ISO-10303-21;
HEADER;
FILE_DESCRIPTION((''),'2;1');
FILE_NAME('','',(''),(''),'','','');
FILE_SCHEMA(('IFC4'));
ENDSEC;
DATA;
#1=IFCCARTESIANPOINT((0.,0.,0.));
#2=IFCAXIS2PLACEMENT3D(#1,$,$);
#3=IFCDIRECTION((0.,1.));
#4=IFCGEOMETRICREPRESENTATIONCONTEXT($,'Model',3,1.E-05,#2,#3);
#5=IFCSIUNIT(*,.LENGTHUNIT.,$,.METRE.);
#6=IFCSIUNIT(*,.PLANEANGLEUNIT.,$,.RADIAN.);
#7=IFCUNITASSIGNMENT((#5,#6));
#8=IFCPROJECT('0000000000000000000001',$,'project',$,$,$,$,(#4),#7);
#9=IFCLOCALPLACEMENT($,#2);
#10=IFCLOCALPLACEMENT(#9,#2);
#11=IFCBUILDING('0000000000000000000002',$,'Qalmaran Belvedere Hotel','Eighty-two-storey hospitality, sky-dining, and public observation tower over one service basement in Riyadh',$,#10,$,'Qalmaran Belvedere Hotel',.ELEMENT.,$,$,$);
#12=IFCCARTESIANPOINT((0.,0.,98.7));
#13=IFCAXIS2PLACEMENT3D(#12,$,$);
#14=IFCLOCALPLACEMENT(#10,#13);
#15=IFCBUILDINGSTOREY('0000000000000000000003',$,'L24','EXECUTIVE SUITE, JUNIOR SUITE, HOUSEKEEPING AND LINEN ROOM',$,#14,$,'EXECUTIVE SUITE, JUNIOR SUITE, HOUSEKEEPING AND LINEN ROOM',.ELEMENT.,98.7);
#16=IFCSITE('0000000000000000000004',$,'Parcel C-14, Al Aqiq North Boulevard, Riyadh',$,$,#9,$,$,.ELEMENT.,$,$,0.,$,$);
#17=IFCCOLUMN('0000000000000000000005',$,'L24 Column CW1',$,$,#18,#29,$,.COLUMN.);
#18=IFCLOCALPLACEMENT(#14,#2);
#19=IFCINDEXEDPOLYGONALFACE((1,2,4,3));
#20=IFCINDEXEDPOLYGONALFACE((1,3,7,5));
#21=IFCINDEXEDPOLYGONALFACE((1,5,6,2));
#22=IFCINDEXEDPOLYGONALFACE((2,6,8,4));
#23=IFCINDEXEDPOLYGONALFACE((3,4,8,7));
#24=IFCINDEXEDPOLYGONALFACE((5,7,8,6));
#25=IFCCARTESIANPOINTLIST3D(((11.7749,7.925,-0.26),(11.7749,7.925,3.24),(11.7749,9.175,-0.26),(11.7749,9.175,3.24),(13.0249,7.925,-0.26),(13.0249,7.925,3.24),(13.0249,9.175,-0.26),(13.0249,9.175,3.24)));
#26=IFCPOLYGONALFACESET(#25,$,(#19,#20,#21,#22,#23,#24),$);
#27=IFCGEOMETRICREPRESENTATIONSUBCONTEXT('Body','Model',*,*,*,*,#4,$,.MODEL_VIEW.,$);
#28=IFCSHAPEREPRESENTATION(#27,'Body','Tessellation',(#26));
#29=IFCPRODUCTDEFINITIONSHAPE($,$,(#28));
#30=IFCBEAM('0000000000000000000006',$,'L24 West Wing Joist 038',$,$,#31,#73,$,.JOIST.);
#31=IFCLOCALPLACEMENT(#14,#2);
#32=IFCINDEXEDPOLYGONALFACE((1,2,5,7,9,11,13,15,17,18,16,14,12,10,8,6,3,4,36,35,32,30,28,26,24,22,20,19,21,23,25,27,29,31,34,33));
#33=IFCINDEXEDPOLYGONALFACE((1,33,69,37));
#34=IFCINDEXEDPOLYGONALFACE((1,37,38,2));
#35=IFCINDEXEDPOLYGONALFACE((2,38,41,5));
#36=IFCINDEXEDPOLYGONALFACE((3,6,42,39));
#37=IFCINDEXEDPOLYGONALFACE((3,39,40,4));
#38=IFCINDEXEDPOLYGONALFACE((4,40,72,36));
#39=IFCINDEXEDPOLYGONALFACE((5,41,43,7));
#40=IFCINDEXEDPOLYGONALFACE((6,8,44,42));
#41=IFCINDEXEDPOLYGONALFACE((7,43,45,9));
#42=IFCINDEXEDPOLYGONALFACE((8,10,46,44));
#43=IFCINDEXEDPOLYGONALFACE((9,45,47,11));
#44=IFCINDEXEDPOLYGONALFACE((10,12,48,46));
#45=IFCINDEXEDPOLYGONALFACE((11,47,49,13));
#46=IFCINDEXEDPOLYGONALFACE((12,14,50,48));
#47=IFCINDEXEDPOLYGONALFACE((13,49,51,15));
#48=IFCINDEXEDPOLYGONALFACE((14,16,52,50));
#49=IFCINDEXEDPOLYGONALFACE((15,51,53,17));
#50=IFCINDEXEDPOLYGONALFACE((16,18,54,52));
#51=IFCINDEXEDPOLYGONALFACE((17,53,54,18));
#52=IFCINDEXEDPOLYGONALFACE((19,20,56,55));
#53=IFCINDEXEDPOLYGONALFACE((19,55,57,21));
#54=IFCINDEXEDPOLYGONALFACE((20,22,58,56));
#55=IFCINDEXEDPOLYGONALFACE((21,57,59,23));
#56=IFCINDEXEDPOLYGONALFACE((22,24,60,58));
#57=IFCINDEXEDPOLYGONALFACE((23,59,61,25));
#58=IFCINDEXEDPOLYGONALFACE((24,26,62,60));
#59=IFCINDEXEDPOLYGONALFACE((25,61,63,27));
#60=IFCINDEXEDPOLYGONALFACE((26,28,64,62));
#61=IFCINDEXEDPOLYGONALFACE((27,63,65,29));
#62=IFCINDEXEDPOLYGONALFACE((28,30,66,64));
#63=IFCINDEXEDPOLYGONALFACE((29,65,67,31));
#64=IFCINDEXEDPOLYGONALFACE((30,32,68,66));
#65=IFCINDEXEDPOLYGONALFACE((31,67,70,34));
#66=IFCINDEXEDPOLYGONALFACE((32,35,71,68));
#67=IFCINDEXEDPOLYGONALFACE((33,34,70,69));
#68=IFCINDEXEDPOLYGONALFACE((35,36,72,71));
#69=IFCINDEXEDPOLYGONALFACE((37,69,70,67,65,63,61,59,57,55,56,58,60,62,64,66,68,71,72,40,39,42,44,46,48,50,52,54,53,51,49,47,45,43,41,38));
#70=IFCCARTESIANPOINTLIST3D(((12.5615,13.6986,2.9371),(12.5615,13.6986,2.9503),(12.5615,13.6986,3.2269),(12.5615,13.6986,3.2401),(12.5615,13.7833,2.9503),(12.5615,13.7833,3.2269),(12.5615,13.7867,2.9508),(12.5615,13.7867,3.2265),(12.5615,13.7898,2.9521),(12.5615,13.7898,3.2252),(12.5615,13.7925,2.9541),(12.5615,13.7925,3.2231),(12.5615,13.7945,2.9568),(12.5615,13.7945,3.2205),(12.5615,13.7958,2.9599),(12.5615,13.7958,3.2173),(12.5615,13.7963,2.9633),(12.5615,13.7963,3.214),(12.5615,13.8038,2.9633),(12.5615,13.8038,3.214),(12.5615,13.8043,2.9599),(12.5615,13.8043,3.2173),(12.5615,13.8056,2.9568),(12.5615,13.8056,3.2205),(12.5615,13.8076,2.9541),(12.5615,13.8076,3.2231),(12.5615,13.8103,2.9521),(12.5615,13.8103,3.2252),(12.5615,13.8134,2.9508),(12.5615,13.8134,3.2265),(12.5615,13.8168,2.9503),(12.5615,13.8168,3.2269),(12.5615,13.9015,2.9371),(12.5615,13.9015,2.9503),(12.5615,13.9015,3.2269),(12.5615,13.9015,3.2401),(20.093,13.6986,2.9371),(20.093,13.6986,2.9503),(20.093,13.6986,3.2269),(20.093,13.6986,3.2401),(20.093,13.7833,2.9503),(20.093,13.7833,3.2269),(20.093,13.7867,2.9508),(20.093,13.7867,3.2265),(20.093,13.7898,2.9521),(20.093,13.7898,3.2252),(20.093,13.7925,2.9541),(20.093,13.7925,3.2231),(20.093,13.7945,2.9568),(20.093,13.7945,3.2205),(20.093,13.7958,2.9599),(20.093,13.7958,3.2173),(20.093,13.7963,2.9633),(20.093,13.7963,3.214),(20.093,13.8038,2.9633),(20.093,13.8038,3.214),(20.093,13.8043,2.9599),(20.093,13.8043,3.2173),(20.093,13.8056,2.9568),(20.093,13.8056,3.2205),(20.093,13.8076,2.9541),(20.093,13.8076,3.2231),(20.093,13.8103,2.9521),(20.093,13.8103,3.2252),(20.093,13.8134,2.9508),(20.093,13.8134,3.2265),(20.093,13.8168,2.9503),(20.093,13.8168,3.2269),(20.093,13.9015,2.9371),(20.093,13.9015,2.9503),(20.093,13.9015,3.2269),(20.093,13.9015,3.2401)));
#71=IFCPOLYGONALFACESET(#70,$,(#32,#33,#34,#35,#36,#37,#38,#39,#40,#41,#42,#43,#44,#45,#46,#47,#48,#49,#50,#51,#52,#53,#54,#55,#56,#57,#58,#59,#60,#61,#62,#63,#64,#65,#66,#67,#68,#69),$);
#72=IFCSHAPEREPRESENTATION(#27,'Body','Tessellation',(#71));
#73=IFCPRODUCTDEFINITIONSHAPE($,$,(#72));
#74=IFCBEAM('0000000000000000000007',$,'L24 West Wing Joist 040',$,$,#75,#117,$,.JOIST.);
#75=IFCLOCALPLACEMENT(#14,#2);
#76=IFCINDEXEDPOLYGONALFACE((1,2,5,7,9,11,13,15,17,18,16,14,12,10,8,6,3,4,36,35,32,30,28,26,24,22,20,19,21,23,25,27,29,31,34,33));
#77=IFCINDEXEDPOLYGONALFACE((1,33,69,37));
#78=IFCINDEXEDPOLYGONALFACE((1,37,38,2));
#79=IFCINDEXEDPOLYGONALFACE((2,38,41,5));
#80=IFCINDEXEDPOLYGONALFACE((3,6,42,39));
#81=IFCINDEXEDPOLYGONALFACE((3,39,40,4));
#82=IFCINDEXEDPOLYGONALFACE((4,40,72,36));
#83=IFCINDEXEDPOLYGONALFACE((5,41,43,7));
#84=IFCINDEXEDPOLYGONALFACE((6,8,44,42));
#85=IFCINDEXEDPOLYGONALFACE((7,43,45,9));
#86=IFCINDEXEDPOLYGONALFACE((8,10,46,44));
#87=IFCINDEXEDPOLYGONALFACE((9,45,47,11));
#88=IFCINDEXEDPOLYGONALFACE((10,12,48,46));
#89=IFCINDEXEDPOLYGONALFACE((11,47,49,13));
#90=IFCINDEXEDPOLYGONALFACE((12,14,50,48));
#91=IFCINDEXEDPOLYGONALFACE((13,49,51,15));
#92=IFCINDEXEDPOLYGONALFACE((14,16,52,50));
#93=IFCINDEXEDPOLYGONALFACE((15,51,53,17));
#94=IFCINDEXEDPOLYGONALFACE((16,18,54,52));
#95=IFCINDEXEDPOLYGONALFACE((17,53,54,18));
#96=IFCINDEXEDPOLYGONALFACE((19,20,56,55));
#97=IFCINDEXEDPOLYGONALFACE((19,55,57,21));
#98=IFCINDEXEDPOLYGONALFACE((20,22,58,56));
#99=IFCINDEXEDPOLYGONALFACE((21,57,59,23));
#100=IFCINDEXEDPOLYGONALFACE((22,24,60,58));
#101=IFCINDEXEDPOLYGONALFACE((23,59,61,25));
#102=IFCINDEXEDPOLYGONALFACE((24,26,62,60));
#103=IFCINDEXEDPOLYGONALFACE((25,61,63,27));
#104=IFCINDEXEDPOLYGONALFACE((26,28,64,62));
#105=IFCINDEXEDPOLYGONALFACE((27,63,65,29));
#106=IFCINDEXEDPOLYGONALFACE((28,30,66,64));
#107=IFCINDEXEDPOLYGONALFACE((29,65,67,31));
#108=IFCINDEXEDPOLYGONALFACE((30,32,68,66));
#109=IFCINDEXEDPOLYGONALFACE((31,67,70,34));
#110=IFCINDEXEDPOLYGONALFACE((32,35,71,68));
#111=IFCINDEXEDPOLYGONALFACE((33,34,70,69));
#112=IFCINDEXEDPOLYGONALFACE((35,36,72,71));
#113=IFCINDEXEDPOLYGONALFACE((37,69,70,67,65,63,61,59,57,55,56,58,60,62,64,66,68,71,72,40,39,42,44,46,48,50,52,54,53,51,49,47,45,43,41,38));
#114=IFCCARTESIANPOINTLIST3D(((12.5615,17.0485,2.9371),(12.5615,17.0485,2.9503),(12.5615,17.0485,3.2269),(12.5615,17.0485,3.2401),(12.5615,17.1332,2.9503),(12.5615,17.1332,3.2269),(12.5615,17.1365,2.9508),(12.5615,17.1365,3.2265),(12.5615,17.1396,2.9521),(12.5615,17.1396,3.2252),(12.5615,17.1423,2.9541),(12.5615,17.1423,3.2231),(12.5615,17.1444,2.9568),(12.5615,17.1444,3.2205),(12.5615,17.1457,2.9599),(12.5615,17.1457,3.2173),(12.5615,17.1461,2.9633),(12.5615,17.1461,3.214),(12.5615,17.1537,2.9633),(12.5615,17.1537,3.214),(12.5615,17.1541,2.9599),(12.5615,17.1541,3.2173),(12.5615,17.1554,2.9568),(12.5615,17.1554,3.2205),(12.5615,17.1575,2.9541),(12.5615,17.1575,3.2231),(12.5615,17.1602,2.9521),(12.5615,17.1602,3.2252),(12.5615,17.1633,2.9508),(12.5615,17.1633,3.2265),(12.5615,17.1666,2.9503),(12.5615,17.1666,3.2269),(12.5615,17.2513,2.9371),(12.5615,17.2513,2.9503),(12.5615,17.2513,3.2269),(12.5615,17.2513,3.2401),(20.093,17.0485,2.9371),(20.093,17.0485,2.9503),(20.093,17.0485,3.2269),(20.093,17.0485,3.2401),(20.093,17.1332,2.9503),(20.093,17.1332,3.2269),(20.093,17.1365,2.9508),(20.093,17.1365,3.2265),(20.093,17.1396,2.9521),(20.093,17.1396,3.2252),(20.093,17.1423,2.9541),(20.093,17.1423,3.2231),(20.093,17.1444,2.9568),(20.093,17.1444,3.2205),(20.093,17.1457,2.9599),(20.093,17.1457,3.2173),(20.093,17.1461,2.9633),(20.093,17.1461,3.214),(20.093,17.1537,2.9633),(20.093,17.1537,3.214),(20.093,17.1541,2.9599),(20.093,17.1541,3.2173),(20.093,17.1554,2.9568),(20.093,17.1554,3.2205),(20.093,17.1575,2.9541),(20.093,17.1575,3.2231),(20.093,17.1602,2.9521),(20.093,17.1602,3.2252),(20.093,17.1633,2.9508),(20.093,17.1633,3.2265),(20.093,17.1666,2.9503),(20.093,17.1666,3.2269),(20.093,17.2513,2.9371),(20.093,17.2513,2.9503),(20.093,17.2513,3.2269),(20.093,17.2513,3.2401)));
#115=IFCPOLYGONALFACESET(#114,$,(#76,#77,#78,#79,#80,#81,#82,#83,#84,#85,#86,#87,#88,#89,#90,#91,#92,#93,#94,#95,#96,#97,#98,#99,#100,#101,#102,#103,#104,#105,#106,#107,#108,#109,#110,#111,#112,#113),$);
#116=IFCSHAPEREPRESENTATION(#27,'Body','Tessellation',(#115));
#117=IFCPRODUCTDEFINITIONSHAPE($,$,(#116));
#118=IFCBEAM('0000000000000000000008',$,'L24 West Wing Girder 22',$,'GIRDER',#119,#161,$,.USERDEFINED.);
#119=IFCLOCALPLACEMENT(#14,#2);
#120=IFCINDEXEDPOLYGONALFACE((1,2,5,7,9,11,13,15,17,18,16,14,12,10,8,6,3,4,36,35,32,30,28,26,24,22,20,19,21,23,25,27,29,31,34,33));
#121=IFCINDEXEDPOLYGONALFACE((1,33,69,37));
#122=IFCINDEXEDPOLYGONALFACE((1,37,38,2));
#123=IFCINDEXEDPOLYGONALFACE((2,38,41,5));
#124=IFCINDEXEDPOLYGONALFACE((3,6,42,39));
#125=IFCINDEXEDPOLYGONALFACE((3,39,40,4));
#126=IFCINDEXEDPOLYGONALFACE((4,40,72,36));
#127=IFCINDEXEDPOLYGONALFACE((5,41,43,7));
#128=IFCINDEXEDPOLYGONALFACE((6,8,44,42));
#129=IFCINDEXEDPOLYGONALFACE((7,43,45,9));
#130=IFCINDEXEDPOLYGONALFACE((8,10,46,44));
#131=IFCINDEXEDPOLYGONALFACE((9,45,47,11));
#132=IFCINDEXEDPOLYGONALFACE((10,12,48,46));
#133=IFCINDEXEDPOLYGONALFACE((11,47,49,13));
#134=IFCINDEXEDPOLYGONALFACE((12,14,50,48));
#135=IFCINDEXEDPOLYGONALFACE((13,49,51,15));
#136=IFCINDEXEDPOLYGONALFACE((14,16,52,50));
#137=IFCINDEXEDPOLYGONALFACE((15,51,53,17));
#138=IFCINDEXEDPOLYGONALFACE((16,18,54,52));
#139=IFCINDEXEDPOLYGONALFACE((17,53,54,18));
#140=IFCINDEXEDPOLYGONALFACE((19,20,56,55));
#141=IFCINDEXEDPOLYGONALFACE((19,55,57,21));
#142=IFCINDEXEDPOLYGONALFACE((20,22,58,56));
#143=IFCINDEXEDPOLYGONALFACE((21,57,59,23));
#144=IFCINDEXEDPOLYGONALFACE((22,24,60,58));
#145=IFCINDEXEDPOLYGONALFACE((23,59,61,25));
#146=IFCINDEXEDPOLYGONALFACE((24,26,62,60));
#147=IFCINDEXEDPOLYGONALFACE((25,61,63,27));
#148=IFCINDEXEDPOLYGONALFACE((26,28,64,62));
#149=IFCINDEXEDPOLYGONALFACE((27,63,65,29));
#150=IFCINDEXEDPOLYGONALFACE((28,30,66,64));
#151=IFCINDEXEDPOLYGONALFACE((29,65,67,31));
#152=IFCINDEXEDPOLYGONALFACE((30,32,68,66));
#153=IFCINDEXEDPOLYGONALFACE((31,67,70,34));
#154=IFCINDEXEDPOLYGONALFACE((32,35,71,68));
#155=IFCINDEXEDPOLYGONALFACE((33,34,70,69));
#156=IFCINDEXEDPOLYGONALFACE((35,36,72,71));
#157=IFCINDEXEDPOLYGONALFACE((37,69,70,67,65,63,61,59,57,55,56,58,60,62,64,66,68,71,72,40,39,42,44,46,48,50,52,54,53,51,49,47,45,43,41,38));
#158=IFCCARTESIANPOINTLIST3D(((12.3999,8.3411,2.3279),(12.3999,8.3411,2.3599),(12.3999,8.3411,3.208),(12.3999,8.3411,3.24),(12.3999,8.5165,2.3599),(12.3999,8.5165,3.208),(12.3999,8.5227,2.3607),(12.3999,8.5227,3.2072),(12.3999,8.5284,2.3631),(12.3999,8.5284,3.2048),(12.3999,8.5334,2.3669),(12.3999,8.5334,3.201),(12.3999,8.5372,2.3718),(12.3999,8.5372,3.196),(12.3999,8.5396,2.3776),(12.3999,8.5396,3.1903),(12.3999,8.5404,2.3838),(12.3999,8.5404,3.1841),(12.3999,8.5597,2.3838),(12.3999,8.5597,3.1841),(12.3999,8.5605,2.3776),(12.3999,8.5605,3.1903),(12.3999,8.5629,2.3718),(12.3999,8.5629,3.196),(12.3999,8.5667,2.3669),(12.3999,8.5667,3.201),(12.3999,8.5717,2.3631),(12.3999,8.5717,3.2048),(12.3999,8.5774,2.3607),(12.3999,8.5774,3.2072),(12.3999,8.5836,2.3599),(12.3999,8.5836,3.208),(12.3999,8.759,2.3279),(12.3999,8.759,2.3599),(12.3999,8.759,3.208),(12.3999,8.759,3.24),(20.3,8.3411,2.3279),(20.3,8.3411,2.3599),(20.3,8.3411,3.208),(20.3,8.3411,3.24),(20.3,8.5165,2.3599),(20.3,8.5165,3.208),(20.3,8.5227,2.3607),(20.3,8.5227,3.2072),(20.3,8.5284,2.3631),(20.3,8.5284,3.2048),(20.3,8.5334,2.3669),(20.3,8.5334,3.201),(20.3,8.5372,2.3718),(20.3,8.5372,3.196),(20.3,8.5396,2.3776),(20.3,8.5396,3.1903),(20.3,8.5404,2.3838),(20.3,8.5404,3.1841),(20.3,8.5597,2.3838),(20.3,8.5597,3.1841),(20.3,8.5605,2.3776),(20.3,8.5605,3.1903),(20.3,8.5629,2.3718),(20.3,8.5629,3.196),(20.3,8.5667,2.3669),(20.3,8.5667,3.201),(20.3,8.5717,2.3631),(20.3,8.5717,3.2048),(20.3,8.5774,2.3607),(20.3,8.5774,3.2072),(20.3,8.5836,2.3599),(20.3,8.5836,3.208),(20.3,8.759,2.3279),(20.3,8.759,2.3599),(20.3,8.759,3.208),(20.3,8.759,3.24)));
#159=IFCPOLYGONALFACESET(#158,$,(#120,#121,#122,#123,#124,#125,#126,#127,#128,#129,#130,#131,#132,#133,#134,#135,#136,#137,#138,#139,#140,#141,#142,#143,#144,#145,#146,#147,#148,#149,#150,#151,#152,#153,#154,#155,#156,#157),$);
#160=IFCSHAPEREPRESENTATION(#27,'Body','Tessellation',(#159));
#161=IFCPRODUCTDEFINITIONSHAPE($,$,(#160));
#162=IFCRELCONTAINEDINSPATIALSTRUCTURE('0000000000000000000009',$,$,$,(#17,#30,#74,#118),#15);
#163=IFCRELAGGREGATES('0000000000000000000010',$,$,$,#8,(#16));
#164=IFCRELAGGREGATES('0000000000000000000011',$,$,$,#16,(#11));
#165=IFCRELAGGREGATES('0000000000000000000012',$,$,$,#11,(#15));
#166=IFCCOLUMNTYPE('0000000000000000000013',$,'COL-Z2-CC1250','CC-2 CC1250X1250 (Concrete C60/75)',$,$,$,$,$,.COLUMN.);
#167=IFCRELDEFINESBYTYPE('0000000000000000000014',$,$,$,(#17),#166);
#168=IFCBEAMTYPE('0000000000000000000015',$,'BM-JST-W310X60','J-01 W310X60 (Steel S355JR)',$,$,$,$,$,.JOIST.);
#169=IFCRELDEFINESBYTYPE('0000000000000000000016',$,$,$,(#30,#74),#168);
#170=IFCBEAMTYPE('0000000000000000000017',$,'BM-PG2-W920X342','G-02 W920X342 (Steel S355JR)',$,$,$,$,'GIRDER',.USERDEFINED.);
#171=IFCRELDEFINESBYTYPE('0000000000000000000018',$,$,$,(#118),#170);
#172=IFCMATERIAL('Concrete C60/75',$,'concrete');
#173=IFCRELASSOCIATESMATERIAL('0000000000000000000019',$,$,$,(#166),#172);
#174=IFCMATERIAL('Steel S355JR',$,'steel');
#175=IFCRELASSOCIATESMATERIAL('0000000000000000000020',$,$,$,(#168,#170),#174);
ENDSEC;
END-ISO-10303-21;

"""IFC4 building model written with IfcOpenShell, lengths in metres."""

from ifc_helpers import new_model, si_unit, direction, frame, origin, origin_2d, place, context, subcontext, project, spatial, rectangle, i_section, extrude, material, material_profile, profile_set, type_object, element, save


model = new_model("IFC4")

# Units and contexts
model_context = context("Model", 3, precision=1e-05, world=origin(), true_north=direction((0.0, 1.0)))
body_context = subcontext(model_context, "Body", "Model", "MODEL_VIEW")
ifc_project = project(units=[si_unit("LENGTHUNIT", "METRE"), si_unit("PLANEANGLEUNIT", "RADIAN")], contexts=[model_context])

# Site, building, storey
site_placement = place(None, origin())
site = spatial("IfcSite", under=ifc_project, at=site_placement, Name="Parcel C-14, Al Aqiq North Boulevard, Riyadh", CompositionType="ELEMENT", RefElevation=0.0)
building_placement = place(site_placement, origin())
building = spatial("IfcBuilding", under=site, at=building_placement, Name="Qalmaran Belvedere Hotel", Description="Eighty-two-storey hospitality, sky-dining, and public observation tower over one service basement in Riyadh", LongName="Qalmaran Belvedere Hotel", CompositionType="ELEMENT")
storey_placement = place(building_placement, frame((0.0, 0.0, 98.7)))
storey = spatial("IfcBuildingStorey", under=building, at=storey_placement, Name="L24", Description="EXECUTIVE SUITE, JUNIOR SUITE, HOUSEKEEPING AND LINEN ROOM", LongName="EXECUTIVE SUITE, JUNIOR SUITE, HOUSEKEEPING AND LINEN ROOM", CompositionType="ELEMENT", Elevation=98.7)

# Column
ifc_material_1 = material(Name="Concrete C60/75", Category="concrete")
ifc_material_profile_1 = material_profile(ifc_material_1, rectangle(XDim=1.25, YDim=1.25, at=origin_2d()), Name="CC1250X1250")
ifc_profile_set_1 = profile_set([ifc_material_profile_1], Name="Concrete C60/75")
column_type = type_object("IfcColumnType", Name="COL-Z2-CC1250", Description="CC-2 CC1250X1250 (Concrete C60/75)", PredefinedType="COLUMN", material=ifc_profile_set_1)
column_placement = place(storey_placement, frame((12.3999, 8.55, -0.26), z_axis=(0.0, 0.0, 1.0), x_axis=(1.0, 0.0, 0.0)))
element("IfcColumn", 1, at=column_placement, inside=storey, type_object=column_type, Name="L24 Column CW1", PredefinedType="COLUMN", context=body_context, shape_type="SweptSolid", body=[
    extrude(rectangle(XDim=1.25, YDim=1.25, at=origin_2d()), origin(), (0.0, 0.0, 1.0), 3.5),
])

# Beams
ifc_material_2 = material(Name="Steel S355JR", Category="steel")
ifc_material_profile_2 = material_profile(ifc_material_2, i_section(OverallWidth=0.2029, OverallDepth=0.303, WebThickness=0.0076, FlangeThickness=0.0132, FilletRadius=0.0129, at=origin_2d()), Name="W310X60")
ifc_profile_set_2 = profile_set([ifc_material_profile_2], Name="Steel S355JR")
beam_type_1 = type_object("IfcBeamType", Name="BM-JST-W310X60", Description="J-01 W310X60 (Steel S355JR)", PredefinedType="JOIST", material=ifc_profile_set_2)
for number, where, z_axis, x_axis, name in (
    (2, (12.5615, 13.8, 3.0886), (1.0, 0.0, 0.0), (0.0, 1.0, 0.0), "L24 West Wing Joist 038"),
    (3, (12.5615, 17.1499, 3.0886), (1.0, 0.0, 0.0), (0.0, 1.0, 0.0), "L24 West Wing Joist 040"),
):
    element("IfcBeam", number, at=place(storey_placement, frame(where, z_axis=z_axis, x_axis=x_axis)), inside=storey, type_object=beam_type_1, Name=name, PredefinedType="JOIST", context=body_context, shape_type="SweptSolid", body=[
        extrude(i_section(OverallWidth=0.2029, OverallDepth=0.303, WebThickness=0.0076, FlangeThickness=0.0132, FilletRadius=0.0129, at=origin_2d()), origin(), (0.0, 0.0, 1.0), 7.5315),
    ])
ifc_material_profile_3 = material_profile(ifc_material_2, i_section(OverallWidth=0.418, OverallDepth=0.9121, WebThickness=0.0193, FlangeThickness=0.032, FilletRadius=0.0239, at=origin_2d()), Name="W920X342")
ifc_profile_set_3 = profile_set([ifc_material_profile_3], Name="Steel S355JR")
beam_type_2 = type_object("IfcBeamType", Name="BM-PG2-W920X342", Description="G-02 W920X342 (Steel S355JR)", ElementType="GIRDER", PredefinedType="USERDEFINED", material=ifc_profile_set_3)
beam_1_placement = place(storey_placement, frame((12.3999, 8.55, 2.7839), z_axis=(1.0, 0.0, 0.0), x_axis=(0.0, 1.0, 0.0)))
element("IfcBeam", 4, at=beam_1_placement, inside=storey, type_object=beam_type_2, Name="L24 West Wing Girder 22", ObjectType="GIRDER", PredefinedType="USERDEFINED", context=body_context, shape_type="SweptSolid", body=[
    extrude(i_section(OverallWidth=0.418, OverallDepth=0.9121, WebThickness=0.0193, FlangeThickness=0.032, FilletRadius=0.0239, at=origin_2d()), origin(), (0.0, 0.0, 1.0), 7.9001),
])

save(model, "model.ifc")
